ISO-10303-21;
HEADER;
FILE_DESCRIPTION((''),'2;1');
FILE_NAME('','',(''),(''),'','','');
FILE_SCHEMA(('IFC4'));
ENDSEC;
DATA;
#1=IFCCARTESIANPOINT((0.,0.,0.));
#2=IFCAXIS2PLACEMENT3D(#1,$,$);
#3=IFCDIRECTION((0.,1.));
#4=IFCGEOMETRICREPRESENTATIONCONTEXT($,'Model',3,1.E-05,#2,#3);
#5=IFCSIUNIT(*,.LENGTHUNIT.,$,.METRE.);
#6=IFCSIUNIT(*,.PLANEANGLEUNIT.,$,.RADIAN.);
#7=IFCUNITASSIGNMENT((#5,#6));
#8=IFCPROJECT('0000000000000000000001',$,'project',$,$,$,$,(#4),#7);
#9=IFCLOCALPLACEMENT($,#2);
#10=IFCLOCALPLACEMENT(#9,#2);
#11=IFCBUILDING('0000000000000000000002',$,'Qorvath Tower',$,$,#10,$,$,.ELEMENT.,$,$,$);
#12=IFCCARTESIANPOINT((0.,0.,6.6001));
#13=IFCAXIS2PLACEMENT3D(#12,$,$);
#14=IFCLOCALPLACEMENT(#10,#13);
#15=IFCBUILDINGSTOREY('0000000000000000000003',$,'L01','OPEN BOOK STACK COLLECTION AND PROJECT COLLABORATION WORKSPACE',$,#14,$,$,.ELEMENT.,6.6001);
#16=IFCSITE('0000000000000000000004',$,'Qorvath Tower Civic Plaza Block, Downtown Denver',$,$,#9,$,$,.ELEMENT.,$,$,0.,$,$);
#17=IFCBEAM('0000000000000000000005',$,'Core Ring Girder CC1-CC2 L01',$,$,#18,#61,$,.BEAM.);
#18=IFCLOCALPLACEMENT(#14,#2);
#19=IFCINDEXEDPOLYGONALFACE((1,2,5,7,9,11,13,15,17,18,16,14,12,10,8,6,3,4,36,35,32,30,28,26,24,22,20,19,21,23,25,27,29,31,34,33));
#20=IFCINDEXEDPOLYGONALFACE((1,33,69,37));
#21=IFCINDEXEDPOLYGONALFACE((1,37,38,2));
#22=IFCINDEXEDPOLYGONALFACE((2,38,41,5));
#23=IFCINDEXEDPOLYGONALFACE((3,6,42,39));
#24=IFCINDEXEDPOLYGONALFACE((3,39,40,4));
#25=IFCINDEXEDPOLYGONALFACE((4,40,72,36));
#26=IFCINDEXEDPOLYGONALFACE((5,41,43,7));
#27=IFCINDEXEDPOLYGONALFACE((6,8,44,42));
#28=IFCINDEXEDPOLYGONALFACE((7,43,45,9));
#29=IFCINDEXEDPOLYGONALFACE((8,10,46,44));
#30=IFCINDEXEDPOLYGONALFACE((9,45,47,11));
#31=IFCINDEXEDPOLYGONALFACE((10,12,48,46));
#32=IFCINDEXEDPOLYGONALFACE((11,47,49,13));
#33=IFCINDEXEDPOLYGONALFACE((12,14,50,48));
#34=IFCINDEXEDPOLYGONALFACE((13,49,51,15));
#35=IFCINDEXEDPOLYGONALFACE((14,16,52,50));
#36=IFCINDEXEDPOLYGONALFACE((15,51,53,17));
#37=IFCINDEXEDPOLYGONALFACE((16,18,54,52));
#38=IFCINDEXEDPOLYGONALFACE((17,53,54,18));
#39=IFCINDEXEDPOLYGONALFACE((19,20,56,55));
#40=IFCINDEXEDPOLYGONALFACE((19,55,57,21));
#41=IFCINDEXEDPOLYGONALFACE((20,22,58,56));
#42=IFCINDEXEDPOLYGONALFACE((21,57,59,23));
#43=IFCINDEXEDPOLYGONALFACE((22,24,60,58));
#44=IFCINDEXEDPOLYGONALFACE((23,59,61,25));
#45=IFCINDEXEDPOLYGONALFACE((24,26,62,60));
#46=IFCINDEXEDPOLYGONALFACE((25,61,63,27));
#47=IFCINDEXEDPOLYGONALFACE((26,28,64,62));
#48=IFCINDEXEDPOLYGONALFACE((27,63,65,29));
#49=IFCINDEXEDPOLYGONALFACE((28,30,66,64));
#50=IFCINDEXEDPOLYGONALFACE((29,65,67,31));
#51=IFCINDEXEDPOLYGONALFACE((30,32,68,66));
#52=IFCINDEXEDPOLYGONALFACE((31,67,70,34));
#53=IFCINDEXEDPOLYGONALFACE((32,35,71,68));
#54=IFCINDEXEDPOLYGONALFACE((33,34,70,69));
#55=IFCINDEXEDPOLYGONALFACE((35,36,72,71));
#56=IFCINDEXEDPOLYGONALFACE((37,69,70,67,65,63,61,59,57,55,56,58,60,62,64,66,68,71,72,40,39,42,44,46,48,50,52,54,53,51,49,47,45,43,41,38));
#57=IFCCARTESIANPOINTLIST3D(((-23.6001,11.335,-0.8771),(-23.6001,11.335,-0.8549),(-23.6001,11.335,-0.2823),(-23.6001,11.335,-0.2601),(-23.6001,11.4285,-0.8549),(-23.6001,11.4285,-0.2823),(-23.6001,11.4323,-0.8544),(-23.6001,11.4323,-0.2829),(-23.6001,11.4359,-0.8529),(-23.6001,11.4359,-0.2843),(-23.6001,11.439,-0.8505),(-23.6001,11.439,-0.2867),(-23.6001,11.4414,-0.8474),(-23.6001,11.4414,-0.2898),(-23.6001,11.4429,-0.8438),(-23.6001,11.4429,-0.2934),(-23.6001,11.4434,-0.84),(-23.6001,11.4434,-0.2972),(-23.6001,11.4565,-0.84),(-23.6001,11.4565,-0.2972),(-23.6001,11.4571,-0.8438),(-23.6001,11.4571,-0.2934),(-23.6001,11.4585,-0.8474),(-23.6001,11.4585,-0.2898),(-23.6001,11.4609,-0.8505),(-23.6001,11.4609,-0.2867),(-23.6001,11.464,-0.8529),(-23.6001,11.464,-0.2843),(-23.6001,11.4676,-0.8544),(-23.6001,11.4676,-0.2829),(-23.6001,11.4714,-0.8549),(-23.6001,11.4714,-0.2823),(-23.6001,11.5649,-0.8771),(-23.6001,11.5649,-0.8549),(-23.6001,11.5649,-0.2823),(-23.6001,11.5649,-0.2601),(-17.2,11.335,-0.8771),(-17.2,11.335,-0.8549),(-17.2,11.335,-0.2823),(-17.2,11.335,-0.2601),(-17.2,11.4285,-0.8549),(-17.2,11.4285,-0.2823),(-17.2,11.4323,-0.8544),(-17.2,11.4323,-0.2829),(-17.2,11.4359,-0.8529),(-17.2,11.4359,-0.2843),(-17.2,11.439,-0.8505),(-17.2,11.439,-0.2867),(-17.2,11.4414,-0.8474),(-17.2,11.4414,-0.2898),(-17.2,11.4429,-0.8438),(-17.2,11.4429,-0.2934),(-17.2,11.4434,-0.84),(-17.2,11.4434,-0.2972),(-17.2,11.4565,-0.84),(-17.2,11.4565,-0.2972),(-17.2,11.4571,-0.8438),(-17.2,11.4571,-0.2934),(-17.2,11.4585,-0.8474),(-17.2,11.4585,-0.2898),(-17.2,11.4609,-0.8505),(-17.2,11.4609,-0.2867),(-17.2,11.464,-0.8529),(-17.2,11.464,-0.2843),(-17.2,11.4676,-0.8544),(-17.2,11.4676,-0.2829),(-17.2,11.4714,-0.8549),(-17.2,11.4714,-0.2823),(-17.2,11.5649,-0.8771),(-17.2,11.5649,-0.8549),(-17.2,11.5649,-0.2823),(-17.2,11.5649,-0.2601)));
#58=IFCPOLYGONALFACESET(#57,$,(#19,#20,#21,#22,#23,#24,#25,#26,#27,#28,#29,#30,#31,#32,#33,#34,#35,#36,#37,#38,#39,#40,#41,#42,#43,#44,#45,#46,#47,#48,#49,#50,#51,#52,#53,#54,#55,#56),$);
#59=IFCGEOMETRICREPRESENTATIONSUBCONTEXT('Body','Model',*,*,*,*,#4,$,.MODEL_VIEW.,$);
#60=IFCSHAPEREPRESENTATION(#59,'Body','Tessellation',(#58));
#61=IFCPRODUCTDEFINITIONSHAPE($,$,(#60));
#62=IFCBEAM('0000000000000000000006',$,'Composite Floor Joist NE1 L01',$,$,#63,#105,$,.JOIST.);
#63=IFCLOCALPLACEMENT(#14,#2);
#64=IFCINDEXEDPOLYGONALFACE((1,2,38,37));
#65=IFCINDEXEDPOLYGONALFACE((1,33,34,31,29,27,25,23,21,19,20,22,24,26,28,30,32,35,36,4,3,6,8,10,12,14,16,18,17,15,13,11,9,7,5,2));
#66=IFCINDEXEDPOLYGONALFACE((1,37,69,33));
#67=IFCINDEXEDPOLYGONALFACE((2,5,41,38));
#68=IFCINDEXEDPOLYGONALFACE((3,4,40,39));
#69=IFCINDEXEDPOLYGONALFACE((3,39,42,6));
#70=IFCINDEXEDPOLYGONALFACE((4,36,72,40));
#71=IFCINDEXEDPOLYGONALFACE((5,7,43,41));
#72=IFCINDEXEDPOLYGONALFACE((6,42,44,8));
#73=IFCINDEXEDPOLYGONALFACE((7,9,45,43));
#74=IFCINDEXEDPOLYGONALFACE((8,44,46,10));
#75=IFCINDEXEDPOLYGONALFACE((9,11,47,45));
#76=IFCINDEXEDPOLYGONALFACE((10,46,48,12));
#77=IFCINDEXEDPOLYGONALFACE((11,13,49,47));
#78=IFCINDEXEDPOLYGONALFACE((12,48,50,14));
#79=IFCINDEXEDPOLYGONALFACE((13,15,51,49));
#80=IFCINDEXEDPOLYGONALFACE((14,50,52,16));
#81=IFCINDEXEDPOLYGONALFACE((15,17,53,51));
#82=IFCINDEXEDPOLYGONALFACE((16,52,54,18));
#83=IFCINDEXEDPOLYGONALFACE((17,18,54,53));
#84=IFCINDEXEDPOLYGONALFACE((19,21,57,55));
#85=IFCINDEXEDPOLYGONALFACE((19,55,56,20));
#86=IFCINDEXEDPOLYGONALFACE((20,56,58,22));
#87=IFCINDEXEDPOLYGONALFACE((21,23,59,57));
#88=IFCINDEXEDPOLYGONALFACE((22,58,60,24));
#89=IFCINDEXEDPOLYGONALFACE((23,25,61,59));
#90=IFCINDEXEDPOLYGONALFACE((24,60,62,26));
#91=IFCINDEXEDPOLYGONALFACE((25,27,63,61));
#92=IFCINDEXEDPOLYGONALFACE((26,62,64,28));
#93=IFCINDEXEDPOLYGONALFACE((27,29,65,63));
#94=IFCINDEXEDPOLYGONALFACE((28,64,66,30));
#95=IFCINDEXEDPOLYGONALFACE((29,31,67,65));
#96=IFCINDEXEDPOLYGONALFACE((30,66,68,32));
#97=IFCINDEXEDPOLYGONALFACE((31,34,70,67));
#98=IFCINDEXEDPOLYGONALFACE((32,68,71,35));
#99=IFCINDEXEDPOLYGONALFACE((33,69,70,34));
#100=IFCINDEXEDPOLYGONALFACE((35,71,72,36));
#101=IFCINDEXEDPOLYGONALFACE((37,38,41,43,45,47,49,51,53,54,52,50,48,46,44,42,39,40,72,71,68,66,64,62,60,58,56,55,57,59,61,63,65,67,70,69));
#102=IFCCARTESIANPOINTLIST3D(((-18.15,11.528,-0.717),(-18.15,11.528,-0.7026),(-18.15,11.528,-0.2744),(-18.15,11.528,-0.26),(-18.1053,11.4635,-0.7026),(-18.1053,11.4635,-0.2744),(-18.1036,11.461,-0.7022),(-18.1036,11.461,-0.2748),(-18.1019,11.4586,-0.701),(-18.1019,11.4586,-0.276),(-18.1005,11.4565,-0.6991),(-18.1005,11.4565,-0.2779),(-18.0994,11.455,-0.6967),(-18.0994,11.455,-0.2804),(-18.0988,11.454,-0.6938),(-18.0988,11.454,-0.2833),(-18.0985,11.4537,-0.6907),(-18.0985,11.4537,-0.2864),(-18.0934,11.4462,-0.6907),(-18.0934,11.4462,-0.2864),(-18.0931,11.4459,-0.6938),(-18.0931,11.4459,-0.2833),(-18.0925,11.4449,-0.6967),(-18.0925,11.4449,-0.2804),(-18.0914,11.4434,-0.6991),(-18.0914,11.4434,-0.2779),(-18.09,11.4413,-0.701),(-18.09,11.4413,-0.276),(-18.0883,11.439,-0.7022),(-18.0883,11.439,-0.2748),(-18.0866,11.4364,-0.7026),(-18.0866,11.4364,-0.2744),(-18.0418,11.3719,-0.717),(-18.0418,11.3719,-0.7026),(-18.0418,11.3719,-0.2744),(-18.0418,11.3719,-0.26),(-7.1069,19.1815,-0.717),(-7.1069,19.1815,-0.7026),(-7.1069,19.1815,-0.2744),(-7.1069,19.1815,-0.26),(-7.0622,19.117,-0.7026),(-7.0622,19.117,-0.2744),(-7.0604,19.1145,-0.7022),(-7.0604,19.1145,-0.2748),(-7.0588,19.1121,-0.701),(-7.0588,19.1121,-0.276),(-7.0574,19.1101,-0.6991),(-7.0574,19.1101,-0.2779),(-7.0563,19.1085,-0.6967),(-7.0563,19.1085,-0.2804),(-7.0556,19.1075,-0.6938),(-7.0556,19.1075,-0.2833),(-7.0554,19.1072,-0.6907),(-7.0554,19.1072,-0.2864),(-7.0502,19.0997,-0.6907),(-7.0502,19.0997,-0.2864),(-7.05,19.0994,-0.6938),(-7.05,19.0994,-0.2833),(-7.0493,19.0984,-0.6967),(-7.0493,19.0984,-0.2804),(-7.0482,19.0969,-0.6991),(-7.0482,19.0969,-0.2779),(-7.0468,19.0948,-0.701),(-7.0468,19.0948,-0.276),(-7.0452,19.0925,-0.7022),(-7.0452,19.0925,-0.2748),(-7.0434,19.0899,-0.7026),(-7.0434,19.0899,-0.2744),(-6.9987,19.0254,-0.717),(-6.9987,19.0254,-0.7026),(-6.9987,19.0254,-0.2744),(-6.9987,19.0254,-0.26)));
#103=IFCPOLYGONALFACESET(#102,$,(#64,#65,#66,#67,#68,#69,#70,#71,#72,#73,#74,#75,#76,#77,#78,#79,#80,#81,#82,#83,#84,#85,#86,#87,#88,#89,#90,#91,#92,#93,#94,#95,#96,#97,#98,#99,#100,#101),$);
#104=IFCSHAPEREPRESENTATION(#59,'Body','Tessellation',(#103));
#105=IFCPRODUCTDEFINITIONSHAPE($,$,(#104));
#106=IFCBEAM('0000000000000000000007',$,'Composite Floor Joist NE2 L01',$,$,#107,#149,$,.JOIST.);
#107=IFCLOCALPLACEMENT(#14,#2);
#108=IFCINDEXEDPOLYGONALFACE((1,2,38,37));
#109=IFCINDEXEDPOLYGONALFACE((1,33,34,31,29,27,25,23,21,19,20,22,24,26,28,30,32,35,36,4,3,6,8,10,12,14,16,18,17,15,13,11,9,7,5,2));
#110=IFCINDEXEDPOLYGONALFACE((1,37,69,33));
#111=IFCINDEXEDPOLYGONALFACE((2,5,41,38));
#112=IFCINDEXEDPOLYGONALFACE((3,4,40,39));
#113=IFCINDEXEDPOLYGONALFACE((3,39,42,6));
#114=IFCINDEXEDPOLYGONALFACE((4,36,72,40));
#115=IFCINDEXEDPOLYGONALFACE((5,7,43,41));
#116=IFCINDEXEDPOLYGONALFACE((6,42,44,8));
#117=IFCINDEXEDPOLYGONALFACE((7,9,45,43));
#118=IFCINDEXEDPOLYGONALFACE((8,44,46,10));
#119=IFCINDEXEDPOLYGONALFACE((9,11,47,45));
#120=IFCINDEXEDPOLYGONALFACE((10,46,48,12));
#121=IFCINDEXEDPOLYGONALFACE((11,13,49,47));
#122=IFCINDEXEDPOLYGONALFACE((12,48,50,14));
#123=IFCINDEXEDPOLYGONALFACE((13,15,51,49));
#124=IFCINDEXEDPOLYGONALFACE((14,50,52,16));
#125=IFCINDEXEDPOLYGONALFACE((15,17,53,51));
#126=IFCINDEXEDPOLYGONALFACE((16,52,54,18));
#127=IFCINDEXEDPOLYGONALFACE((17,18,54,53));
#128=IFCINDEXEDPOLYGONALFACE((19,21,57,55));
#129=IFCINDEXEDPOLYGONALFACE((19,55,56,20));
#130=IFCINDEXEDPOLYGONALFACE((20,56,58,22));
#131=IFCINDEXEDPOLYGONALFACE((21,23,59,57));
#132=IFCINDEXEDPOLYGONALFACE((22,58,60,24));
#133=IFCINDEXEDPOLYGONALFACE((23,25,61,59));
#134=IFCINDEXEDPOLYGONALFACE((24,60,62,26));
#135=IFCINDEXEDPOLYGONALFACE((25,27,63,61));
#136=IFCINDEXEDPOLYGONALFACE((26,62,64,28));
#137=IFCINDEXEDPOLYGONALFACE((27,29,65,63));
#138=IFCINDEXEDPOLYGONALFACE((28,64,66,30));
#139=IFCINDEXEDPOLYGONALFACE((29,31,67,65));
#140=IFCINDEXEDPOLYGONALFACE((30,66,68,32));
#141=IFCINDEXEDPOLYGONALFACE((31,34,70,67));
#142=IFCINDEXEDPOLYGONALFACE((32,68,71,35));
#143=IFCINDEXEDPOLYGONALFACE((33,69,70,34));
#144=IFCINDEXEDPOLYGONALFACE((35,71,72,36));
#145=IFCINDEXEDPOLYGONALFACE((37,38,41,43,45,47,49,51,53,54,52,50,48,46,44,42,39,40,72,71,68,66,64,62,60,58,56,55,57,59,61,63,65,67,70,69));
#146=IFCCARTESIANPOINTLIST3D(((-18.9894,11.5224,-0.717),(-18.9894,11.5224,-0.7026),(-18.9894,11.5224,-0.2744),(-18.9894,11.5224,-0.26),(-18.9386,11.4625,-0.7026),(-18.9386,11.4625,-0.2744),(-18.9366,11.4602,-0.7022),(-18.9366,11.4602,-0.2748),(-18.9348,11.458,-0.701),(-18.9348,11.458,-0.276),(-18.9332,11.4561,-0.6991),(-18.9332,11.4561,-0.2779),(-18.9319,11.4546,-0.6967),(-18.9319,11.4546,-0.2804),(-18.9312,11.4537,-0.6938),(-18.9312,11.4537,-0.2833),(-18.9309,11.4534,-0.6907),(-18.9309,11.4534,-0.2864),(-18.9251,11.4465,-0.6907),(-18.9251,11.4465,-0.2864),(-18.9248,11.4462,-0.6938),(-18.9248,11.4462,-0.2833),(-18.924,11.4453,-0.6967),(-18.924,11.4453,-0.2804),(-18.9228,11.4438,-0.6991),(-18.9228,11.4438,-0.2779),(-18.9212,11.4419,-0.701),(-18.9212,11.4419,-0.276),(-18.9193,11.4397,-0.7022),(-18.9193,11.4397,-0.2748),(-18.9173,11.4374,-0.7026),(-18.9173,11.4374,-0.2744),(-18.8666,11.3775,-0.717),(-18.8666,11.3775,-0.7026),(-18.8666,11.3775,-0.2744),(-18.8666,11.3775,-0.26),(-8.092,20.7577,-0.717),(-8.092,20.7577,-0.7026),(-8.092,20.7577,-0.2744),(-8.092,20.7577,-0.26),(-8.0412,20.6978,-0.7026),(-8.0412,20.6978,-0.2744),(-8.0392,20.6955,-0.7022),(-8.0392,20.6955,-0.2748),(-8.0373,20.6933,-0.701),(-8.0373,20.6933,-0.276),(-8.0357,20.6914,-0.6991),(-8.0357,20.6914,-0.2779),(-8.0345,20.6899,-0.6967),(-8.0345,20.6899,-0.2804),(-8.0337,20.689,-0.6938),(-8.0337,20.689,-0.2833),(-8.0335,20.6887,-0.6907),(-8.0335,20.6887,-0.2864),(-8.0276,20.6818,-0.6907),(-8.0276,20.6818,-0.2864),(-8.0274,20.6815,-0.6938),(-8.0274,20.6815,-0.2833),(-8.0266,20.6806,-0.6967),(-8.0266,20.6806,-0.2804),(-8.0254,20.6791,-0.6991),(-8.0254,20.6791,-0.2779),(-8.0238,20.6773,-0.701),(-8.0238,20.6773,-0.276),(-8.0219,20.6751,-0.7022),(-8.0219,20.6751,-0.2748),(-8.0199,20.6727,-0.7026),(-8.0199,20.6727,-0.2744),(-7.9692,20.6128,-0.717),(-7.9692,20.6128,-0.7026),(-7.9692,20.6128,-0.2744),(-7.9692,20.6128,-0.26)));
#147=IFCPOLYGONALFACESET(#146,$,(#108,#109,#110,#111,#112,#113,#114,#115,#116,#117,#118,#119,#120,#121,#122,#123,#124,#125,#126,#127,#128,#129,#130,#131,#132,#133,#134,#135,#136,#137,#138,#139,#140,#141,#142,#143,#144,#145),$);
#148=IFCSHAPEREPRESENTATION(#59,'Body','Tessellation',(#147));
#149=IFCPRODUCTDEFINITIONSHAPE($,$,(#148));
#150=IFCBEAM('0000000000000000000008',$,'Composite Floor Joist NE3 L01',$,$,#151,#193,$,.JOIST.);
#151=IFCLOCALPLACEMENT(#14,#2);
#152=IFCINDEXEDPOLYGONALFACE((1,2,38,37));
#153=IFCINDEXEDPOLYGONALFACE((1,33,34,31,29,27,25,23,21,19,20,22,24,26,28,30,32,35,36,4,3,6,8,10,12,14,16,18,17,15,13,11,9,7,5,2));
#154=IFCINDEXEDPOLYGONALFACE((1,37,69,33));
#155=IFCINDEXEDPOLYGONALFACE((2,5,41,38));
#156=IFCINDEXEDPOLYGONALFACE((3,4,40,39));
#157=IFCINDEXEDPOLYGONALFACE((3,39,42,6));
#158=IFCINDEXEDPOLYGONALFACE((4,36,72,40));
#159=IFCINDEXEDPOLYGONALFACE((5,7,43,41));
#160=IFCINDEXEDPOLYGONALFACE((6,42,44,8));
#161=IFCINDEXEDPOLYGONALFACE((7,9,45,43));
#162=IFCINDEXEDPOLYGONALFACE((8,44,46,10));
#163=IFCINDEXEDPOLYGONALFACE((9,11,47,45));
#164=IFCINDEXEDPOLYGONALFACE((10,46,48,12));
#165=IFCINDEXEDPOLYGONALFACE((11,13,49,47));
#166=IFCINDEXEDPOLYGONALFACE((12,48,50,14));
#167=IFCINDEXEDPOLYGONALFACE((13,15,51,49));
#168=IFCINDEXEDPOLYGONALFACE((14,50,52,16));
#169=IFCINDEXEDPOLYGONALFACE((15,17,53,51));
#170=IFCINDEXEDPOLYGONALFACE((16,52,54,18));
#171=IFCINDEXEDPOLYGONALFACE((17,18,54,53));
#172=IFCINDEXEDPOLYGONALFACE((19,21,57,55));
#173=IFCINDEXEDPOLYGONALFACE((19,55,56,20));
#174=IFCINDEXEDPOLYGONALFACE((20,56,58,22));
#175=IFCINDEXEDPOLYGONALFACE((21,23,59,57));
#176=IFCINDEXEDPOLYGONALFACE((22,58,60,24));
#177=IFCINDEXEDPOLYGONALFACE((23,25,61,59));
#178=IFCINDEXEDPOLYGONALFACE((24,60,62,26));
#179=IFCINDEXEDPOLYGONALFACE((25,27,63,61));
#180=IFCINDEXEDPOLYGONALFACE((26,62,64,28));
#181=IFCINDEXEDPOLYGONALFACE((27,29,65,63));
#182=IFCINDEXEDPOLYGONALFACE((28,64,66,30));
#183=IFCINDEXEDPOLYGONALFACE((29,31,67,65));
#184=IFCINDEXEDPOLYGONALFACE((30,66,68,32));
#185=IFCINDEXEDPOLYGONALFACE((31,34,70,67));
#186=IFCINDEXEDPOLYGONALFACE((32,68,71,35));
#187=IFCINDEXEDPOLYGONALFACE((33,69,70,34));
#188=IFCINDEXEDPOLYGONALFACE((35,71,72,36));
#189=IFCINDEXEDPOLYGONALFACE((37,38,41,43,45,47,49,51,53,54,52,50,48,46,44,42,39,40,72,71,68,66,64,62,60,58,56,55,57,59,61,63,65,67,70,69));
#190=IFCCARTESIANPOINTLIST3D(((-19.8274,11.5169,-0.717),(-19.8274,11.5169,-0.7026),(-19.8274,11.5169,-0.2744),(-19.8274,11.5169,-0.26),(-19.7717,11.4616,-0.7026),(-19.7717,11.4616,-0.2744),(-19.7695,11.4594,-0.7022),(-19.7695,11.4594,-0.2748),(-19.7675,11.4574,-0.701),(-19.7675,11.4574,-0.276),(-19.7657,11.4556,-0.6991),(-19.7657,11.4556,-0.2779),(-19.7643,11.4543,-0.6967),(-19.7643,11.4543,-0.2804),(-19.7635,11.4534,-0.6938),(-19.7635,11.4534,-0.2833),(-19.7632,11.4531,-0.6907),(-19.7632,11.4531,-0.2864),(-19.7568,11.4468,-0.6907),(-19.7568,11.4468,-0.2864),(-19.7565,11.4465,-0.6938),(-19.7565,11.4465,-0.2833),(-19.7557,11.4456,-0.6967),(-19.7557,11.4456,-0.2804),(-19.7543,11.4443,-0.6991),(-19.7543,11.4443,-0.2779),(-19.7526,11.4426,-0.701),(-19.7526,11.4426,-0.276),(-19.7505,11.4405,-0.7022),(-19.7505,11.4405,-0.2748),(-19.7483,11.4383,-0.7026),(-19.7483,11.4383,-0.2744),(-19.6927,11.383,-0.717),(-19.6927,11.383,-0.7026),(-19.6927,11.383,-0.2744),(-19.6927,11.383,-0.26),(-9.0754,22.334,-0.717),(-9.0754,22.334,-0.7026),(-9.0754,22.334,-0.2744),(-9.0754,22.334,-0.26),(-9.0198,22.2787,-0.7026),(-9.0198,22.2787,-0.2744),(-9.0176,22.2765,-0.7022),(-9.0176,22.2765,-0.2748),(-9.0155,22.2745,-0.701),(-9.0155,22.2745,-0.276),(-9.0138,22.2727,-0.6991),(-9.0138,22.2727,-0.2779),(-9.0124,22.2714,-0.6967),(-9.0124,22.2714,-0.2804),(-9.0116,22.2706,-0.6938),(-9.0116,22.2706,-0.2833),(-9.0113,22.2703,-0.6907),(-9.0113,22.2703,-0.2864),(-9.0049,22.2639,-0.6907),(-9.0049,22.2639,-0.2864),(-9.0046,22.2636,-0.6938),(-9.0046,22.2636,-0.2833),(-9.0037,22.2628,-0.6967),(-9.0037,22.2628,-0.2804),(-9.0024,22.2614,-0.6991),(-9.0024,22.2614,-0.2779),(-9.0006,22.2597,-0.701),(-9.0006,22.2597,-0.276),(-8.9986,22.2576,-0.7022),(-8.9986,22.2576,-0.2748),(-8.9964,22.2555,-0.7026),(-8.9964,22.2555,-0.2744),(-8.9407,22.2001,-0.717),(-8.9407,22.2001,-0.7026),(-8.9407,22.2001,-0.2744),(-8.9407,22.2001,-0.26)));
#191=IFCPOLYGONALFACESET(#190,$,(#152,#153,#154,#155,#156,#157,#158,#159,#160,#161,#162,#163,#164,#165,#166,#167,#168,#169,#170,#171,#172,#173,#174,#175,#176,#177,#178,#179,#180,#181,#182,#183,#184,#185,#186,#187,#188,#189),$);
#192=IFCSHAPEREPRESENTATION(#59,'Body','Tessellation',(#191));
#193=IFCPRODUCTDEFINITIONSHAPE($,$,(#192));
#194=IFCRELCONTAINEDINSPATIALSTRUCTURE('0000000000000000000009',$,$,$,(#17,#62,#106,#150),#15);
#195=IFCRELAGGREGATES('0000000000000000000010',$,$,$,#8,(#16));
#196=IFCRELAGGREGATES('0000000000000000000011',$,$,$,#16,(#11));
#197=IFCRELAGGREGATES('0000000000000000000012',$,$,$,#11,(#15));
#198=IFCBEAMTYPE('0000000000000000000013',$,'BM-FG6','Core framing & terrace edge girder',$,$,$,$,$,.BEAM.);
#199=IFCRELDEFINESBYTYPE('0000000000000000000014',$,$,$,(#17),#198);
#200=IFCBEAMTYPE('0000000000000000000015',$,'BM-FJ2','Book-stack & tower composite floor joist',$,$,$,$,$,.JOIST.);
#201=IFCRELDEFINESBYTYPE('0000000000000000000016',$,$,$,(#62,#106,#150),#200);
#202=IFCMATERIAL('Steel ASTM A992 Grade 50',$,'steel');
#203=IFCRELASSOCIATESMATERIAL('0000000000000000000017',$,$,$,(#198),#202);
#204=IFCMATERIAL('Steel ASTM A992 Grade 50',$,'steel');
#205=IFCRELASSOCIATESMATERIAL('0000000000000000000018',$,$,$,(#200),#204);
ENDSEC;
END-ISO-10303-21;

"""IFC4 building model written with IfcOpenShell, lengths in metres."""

from ifc_helpers import new_model, si_unit, direction, frame, origin, origin_2d, place, context, subcontext, project, spatial, i_section, extrude, material, material_profile, profile_set, type_object, element, save


model = new_model("IFC4")

# Units and contexts
model_context = context("Model", 3, precision=1e-05, world=origin(), true_north=direction((0.0, 1.0)))
body_context = subcontext(model_context, "Body", "Model", "MODEL_VIEW")
ifc_project = project(units=[si_unit("LENGTHUNIT", "METRE"), si_unit("PLANEANGLEUNIT", "RADIAN")], contexts=[model_context])

# Site, building, storey
site_placement = place(None, origin())
site = spatial("IfcSite", under=ifc_project, at=site_placement, Name="Qorvath Tower Civic Plaza Block, Downtown Denver", CompositionType="ELEMENT", RefElevation=0.0)
building_placement = place(site_placement, origin())
building = spatial("IfcBuilding", under=site, at=building_placement, Name="Qorvath Tower", CompositionType="ELEMENT")
storey_placement = place(building_placement, frame((0.0, 0.0, 6.6001)))
storey = spatial("IfcBuildingStorey", under=building, at=storey_placement, Name="L01", Description="OPEN BOOK STACK COLLECTION AND PROJECT COLLABORATION WORKSPACE", CompositionType="ELEMENT", Elevation=6.6001)

# Beams
ifc_material_1 = material(Name="Steel ASTM A992 Grade 50", Category="steel")
ifc_material_profile_1 = material_profile(ifc_material_1, i_section(OverallWidth=0.23, OverallDepth=0.6169, WebThickness=0.0132, FlangeThickness=0.0222, FilletRadius=0.0149, at=origin_2d()), Name="W24x94")
ifc_profile_set_1 = profile_set([ifc_material_profile_1], Name="Steel ASTM A992 Grade 50")
beam_type_1 = type_object("IfcBeamType", Name="BM-FG6", Description="Core framing & terrace edge girder", PredefinedType="BEAM", material=ifc_profile_set_1)
beam_1_placement = place(storey_placement, frame((-23.6001, 11.45, -0.5686), z_axis=(1.0, 0.0, 0.0), x_axis=(0.0, 1.0, 0.0)))
element("IfcBeam", 1, at=beam_1_placement, inside=storey, type_object=beam_type_1, Name="Core Ring Girder CC1-CC2 L01", PredefinedType="BEAM", context=body_context, shape_type="SweptSolid", body=[
    extrude(i_section(OverallWidth=0.23, OverallDepth=0.6169, WebThickness=0.0132, FlangeThickness=0.0222, FilletRadius=0.0149, at=origin_2d()), origin(), (0.0, 0.0, 1.0), 6.4001),
])
ifc_material_2 = material(Name="Steel ASTM A992 Grade 50", Category="steel")
ifc_material_profile_2 = material_profile(ifc_material_2, i_section(OverallWidth=0.1899, OverallDepth=0.457, WebThickness=0.009, FlangeThickness=0.0144, FilletRadius=0.012, at=origin_2d()), Name="W18x50")
ifc_profile_set_2 = profile_set([ifc_material_profile_2], Name="Steel ASTM A992 Grade 50")
beam_type_2 = type_object("IfcBeamType", Name="BM-FJ2", Description="Book-stack & tower composite floor joist", PredefinedType="JOIST", material=ifc_profile_set_2)
beam_2_placement = place(storey_placement, frame((-18.0959, 11.45, -0.4885), z_axis=(0.821904, 0.569626, 0.0), x_axis=(-0.569626, 0.821904, 0.0)))
element("IfcBeam", 2, at=beam_2_placement, inside=storey, type_object=beam_type_2, Name="Composite Floor Joist NE1 L01", PredefinedType="JOIST", context=body_context, shape_type="SweptSolid", body=[
    extrude(i_section(OverallWidth=0.1899, OverallDepth=0.457, WebThickness=0.009, FlangeThickness=0.0144, FilletRadius=0.012, at=origin_2d()), origin(), (0.0, 0.0, 1.0), 13.436),
])
beam_3_placement = place(storey_placement, frame((-18.928, 11.45, -0.4885), z_axis=(0.762888, 0.64653, 0.0), x_axis=(-0.64653, 0.762888, 0.0)))
element("IfcBeam", 3, at=beam_3_placement, inside=storey, type_object=beam_type_2, Name="Composite Floor Joist NE2 L01", PredefinedType="JOIST", context=body_context, shape_type="SweptSolid", body=[
    extrude(i_section(OverallWidth=0.1899, OverallDepth=0.457, WebThickness=0.009, FlangeThickness=0.0144, FilletRadius=0.012, at=origin_2d()), origin(), (0.0, 0.0, 1.0), 14.2844),
])
beam_4_placement = place(storey_placement, frame((-19.76, 11.45, -0.4885), z_axis=(0.704967, 0.709241, 0.0), x_axis=(-0.709241, 0.704967, 0.0)))
element("IfcBeam", 4, at=beam_4_placement, inside=storey, type_object=beam_type_2, Name="Composite Floor Joist NE3 L01", PredefinedType="JOIST", context=body_context, shape_type="SweptSolid", body=[
    extrude(i_section(OverallWidth=0.1899, OverallDepth=0.457, WebThickness=0.009, FlangeThickness=0.0144, FilletRadius=0.012, at=origin_2d()), origin(), (0.0, 0.0, 1.0), 15.2517),
])

save(model, "model.ifc")
